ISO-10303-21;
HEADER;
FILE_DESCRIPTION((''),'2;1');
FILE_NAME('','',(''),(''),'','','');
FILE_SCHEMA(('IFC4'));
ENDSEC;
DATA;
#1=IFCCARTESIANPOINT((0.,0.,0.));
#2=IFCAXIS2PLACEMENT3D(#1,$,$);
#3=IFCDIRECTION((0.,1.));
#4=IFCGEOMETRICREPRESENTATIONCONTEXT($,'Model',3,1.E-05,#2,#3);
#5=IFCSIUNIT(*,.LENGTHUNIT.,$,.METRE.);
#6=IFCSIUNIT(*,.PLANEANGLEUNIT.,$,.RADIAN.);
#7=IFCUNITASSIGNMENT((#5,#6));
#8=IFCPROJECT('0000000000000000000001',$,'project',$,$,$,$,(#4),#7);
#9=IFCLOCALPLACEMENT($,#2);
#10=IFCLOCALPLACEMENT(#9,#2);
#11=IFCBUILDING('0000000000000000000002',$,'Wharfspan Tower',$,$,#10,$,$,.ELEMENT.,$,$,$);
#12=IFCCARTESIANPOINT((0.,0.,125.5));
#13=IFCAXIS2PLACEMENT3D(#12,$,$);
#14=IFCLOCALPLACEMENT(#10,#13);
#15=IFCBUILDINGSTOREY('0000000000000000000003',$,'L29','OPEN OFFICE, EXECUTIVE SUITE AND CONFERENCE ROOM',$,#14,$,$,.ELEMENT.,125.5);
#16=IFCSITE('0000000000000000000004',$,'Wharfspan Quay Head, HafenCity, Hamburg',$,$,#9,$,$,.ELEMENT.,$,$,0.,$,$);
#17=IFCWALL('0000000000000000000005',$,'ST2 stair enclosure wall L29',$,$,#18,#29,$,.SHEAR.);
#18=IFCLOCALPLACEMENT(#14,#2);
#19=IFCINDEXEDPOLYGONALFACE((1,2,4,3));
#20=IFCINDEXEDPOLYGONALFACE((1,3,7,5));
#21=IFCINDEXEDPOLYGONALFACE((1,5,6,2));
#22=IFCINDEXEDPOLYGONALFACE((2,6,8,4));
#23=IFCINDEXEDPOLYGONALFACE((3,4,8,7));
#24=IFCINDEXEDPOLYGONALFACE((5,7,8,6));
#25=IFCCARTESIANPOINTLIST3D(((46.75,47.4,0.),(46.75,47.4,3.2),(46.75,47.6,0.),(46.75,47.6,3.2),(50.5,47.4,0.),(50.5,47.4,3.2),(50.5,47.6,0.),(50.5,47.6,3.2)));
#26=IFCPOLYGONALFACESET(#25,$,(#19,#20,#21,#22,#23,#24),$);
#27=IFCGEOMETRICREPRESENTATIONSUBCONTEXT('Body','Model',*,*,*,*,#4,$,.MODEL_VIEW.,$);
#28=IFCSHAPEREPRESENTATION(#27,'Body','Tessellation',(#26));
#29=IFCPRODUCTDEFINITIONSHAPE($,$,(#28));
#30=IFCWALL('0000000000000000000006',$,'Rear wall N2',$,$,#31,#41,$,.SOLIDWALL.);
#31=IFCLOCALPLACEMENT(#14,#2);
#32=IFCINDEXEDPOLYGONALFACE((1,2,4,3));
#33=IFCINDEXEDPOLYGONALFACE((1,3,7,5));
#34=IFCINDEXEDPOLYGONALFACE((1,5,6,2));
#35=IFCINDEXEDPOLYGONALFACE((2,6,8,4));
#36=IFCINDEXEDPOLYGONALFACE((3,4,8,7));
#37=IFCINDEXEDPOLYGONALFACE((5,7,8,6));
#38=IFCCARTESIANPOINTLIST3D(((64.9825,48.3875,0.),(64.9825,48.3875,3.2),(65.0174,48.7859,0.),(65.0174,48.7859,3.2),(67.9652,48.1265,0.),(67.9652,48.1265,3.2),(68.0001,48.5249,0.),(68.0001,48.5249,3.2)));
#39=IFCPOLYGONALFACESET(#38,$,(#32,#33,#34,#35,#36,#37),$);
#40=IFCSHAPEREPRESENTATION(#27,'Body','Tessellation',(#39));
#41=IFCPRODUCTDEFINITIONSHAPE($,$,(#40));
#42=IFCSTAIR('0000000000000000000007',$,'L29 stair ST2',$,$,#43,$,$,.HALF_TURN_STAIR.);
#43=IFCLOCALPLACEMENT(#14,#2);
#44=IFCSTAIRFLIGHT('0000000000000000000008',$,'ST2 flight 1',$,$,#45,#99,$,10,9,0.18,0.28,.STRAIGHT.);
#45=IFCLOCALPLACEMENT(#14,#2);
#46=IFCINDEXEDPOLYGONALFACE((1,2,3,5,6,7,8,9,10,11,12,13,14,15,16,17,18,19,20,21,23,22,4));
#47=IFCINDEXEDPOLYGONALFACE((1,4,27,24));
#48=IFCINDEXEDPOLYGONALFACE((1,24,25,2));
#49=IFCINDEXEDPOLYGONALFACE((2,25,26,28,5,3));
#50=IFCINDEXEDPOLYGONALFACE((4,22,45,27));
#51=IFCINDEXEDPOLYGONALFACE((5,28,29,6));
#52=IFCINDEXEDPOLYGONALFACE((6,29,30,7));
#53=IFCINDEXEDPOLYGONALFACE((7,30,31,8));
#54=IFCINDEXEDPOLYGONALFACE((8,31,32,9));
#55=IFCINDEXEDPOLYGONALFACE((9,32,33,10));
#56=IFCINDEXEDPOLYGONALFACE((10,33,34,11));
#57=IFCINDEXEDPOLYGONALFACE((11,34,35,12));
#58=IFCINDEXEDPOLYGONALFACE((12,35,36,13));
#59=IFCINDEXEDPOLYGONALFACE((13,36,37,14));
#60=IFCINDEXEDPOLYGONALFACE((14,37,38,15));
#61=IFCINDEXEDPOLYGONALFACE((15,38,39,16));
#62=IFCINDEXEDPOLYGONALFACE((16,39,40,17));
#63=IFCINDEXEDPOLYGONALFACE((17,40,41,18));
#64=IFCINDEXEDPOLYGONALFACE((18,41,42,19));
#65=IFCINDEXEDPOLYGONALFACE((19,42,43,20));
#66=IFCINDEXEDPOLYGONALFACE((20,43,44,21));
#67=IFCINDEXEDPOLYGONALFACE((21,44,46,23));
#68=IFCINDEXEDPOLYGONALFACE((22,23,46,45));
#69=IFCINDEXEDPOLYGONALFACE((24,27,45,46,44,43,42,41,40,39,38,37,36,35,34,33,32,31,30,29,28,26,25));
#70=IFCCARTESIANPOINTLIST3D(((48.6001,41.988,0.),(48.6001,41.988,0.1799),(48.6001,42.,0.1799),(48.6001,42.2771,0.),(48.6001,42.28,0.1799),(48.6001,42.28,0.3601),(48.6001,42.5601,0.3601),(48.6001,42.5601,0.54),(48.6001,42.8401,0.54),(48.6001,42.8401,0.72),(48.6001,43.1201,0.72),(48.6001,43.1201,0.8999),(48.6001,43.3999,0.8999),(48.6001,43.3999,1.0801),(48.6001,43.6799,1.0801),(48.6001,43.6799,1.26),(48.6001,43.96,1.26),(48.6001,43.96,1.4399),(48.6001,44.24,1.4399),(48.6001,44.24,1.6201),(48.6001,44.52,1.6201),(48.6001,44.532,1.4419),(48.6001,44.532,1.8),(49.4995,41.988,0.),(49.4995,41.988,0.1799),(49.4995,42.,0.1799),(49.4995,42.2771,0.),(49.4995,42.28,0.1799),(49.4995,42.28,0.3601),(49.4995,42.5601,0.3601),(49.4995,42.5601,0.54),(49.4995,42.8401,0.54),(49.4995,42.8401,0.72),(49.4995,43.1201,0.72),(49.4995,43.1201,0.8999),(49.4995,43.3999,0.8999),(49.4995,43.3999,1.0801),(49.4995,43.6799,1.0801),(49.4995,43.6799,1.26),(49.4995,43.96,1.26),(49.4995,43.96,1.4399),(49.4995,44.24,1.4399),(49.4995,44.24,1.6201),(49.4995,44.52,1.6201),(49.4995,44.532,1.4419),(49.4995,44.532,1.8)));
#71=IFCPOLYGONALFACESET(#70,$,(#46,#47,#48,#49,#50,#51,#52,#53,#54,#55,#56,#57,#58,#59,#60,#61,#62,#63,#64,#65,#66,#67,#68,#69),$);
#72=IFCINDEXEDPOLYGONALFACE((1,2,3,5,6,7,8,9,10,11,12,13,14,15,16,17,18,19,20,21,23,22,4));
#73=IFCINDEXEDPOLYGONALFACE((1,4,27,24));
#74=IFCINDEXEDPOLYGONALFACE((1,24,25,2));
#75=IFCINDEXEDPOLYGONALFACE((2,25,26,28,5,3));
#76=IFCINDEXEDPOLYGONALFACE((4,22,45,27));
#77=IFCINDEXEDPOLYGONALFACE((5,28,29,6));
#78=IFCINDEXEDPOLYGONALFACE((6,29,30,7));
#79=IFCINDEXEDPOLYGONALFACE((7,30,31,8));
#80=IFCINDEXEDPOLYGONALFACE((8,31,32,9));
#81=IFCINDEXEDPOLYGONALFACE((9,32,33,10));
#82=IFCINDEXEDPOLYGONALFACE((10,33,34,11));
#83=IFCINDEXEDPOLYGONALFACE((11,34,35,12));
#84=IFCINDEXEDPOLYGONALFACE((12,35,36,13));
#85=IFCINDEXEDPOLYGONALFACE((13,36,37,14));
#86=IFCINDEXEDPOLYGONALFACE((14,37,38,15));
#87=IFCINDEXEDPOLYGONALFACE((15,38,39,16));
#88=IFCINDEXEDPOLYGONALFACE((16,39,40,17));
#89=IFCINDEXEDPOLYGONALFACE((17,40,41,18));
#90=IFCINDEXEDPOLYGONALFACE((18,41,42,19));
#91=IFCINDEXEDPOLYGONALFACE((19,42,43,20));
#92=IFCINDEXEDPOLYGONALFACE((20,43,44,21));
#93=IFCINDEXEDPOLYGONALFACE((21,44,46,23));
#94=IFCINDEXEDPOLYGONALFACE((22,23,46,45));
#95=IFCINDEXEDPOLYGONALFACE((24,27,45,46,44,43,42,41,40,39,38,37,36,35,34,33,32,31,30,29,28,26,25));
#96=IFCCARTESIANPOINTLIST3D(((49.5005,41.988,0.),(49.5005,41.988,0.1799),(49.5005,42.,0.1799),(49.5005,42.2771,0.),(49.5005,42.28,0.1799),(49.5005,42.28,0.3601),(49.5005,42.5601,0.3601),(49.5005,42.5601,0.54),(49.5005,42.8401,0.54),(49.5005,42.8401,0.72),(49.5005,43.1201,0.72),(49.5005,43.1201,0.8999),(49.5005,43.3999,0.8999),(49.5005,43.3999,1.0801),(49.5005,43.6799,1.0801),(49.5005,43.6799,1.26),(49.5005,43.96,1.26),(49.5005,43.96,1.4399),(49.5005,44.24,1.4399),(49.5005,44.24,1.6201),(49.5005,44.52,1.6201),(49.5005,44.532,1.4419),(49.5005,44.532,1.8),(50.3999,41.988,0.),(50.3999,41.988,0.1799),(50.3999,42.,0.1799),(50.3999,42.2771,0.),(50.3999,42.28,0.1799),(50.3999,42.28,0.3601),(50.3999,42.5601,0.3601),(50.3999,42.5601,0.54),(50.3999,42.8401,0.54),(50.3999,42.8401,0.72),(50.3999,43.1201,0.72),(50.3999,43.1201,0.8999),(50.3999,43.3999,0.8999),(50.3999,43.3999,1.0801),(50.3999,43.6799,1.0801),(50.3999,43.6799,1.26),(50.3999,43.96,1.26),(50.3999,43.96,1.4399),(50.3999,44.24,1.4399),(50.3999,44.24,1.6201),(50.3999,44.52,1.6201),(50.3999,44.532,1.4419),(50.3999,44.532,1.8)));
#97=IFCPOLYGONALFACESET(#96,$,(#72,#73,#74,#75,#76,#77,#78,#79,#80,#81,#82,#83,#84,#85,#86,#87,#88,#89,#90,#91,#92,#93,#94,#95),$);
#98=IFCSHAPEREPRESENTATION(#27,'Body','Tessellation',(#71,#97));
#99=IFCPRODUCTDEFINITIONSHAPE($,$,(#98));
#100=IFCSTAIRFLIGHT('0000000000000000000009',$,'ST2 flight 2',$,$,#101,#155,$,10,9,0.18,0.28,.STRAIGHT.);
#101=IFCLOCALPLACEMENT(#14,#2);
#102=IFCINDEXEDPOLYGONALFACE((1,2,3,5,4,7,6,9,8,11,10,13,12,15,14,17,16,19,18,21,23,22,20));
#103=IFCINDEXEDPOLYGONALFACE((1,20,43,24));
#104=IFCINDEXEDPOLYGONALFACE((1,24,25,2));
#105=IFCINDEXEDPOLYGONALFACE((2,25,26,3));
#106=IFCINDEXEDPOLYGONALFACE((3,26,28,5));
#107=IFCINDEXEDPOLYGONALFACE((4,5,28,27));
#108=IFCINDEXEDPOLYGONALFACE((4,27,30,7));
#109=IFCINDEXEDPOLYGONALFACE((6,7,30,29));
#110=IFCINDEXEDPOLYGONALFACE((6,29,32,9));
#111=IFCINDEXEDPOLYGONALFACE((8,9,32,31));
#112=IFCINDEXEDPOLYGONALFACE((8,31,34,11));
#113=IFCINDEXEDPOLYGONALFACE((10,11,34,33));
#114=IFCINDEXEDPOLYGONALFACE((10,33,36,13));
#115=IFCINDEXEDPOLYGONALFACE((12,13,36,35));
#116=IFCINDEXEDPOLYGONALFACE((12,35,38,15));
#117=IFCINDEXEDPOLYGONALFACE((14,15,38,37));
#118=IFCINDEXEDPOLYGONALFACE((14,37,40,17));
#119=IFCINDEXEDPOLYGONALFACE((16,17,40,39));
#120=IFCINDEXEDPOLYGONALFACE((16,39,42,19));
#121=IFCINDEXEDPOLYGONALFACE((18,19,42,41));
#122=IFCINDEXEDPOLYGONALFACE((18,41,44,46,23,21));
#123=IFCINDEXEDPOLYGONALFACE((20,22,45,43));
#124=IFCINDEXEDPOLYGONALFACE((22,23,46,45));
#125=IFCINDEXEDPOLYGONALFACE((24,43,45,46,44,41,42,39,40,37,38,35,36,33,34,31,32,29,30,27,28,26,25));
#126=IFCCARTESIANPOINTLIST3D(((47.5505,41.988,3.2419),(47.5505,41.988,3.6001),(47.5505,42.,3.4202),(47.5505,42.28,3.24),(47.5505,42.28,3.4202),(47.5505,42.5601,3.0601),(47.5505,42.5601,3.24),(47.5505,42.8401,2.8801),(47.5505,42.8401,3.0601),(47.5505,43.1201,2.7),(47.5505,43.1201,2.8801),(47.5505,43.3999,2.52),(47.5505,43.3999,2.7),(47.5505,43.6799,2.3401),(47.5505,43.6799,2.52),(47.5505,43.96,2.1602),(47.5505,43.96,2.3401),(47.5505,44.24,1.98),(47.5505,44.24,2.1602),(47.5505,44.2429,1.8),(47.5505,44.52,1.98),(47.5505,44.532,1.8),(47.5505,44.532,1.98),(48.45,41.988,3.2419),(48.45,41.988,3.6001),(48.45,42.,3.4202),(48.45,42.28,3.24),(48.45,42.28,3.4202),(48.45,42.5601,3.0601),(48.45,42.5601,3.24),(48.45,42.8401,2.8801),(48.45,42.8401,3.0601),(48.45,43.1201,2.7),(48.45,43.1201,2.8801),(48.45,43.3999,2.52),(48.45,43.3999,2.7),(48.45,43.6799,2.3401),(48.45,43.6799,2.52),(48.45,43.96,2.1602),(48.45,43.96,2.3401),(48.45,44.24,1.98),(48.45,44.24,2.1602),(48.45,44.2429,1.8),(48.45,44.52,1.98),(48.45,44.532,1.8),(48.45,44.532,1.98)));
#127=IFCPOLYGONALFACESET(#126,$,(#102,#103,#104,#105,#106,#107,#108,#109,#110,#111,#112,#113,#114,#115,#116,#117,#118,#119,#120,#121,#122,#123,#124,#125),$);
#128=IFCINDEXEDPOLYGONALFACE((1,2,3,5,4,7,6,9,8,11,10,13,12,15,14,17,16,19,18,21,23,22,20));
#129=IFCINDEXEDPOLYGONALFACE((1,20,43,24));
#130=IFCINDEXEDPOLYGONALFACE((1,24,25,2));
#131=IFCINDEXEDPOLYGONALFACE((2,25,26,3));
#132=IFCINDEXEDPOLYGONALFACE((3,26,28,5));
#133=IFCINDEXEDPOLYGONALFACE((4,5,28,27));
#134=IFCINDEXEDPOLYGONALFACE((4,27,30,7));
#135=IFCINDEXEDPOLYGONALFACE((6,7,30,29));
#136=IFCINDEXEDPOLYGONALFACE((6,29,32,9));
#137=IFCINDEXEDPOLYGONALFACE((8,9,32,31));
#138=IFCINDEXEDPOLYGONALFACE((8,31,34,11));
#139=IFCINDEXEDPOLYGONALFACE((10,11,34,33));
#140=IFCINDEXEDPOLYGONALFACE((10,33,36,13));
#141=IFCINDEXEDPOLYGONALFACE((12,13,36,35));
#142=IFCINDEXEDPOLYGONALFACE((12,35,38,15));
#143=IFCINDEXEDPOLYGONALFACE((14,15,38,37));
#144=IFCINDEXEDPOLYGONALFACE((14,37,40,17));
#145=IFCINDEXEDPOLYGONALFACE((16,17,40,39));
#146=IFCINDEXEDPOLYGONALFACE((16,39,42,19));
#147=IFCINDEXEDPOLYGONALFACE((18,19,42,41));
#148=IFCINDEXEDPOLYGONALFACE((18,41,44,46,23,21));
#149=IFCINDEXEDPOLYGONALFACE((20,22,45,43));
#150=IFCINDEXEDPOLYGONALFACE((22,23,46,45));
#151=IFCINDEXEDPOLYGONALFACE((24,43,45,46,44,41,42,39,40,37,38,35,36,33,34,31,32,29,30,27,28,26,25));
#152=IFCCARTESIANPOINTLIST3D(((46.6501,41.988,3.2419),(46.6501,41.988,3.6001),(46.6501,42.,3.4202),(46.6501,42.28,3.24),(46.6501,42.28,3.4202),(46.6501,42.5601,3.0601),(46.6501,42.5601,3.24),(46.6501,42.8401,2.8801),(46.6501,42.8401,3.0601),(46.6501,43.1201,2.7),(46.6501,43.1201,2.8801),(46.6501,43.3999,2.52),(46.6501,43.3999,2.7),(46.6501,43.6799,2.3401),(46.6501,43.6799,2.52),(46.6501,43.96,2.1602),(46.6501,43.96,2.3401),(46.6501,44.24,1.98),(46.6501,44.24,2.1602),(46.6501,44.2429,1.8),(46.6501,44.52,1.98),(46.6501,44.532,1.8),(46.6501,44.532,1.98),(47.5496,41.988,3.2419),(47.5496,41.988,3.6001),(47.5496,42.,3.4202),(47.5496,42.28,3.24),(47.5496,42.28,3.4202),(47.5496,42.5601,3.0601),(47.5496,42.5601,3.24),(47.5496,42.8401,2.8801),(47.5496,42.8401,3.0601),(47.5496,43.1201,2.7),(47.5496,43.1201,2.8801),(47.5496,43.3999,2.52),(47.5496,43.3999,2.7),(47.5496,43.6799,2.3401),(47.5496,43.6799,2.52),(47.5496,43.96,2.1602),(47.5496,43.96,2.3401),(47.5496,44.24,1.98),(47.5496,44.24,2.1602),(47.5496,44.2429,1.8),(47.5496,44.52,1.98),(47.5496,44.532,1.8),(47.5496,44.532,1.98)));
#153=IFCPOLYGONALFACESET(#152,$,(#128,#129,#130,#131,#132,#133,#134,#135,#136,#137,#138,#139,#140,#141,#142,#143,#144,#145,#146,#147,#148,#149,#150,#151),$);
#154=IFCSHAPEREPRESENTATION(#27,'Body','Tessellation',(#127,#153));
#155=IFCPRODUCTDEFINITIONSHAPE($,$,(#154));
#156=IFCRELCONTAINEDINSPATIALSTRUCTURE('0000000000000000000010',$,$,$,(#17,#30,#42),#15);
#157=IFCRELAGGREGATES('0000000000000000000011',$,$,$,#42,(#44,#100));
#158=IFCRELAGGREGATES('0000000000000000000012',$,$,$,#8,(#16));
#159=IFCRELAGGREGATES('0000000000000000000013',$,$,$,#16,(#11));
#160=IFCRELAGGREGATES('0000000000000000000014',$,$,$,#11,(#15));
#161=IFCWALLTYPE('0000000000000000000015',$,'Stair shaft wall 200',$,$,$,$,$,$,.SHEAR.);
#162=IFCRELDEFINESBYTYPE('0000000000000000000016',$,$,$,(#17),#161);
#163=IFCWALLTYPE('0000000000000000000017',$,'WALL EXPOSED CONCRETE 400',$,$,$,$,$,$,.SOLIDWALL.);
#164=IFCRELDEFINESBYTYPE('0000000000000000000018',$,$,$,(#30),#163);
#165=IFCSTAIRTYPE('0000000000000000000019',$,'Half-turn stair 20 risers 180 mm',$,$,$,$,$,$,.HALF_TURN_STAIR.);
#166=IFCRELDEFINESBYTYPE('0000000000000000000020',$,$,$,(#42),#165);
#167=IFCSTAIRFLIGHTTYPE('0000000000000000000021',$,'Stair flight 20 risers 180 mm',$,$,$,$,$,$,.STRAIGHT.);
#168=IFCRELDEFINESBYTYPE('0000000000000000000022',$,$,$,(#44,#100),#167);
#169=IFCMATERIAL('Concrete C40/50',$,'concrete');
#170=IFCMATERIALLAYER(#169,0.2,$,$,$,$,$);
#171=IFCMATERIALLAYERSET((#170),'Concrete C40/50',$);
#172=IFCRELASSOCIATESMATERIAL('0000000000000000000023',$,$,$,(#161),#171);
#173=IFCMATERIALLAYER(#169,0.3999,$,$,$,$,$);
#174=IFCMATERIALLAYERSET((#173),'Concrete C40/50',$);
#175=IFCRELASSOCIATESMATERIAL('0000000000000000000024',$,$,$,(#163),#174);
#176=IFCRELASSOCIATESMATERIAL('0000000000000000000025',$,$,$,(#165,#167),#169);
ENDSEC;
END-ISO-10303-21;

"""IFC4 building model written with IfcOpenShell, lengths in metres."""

from ifc_helpers import new_model, si_unit, direction, frame, frame_2d, origin, place, context, subcontext, project, spatial, polyline, rectangle, outline, extrude, material, layer, layer_set, type_object, element, aggregate, save


model = new_model("IFC4")

# Units and contexts
model_context = context("Model", 3, precision=1e-05, world=origin(), true_north=direction((0.0, 1.0)))
body_context = subcontext(model_context, "Body", "Model", "MODEL_VIEW")
ifc_project = project(units=[si_unit("LENGTHUNIT", "METRE"), si_unit("PLANEANGLEUNIT", "RADIAN")], contexts=[model_context])

# Site, building, storey
site_placement = place(None, origin())
site = spatial("IfcSite", under=ifc_project, at=site_placement, Name="Wharfspan Quay Head, HafenCity, Hamburg", CompositionType="ELEMENT", RefElevation=0.0)
building_placement = place(site_placement, origin())
building = spatial("IfcBuilding", under=site, at=building_placement, Name="Wharfspan Tower", CompositionType="ELEMENT")
storey_placement = place(building_placement, frame((0.0, 0.0, 125.5)))
storey = spatial("IfcBuildingStorey", under=building, at=storey_placement, Name="L29", Description="OPEN OFFICE, EXECUTIVE SUITE AND CONFERENCE ROOM", CompositionType="ELEMENT", Elevation=125.5)

# Walls
ifc_material_1 = material(Name="Concrete C40/50", Category="concrete")
ifc_layer_1 = layer(ifc_material_1, 0.2)
ifc_layer_set_1 = layer_set([ifc_layer_1], Name="Concrete C40/50")
wall_type_1 = type_object("IfcWallType", Name="Stair shaft wall 200", PredefinedType="SHEAR", material=ifc_layer_set_1)
wall_1_placement = place(storey_placement, frame((46.75, 47.5, 0.0), z_axis=(0.0, 0.0, 1.0), x_axis=(1.0, 0.0, 0.0)))
element("IfcWall", 1, at=wall_1_placement, inside=storey, type_object=wall_type_1, Name="ST2 stair enclosure wall L29", PredefinedType="SHEAR", context=body_context, shape_type="SweptSolid", body=[
    extrude(rectangle(XDim=3.75, YDim=0.2, at=frame_2d((1.875, 0.0))), origin(), (0.0, 0.0, 1.0), 3.2),
])
ifc_layer_2 = layer(ifc_material_1, 0.3999)
ifc_layer_set_2 = layer_set([ifc_layer_2], Name="Concrete C40/50")
wall_type_2 = type_object("IfcWallType", Name="WALL EXPOSED CONCRETE 400", PredefinedType="SOLIDWALL", material=ifc_layer_set_2)
wall_2_placement = place(storey_placement, frame((67.9827, 48.3257, 0.0), z_axis=(0.0, 0.0, 1.0), x_axis=(-0.996194, 0.087168, 0.0)))
element("IfcWall", 2, at=wall_2_placement, inside=storey, type_object=wall_type_2, Name="Rear wall N2", PredefinedType="SOLIDWALL", context=body_context, shape_type="SweptSolid", body=[
    extrude(rectangle(XDim=2.9941, YDim=0.3999, at=frame_2d((1.4971, 0.0))), origin(), (0.0, 0.0, 1.0), 3.2),
])

# Stair, stair flights
stair_type = type_object("IfcStairType", Name="Half-turn stair 20 risers 180 mm", PredefinedType="HALF_TURN_STAIR", material=ifc_material_1)
stair_placement = place(storey_placement, origin())
stair = element("IfcStair", 3, at=stair_placement, inside=storey, type_object=stair_type, Name="L29 stair ST2", PredefinedType="HALF_TURN_STAIR")
stair_flight_type = type_object("IfcStairFlightType", Name="Stair flight 20 risers 180 mm", PredefinedType="STRAIGHT", material=ifc_material_1)
stair_flight_1_placement = place(storey_placement, frame((49.5, 42.0, 0.0), z_axis=(0.0, 0.0, 1.0), x_axis=(0.0, 1.0, 0.0)))
stair_flight_1 = element("IfcStairFlight", 4, at=stair_flight_1_placement, type_object=stair_flight_type, Name="ST2 flight 1", NumberOfRisers=10, NumberOfTreads=9, PredefinedType="STRAIGHT", RiserHeight=0.18, TreadLength=0.28, context=body_context, shape_type="SweptSolid", body=[
    extrude(outline(polyline([(-0.012, 0.0), (-0.012, 0.1799), (0.0, 0.1799), (0.28, 0.1799), (0.28, 0.3601), (0.5601, 0.3601), (0.5601, 0.54), (0.8401, 0.54), (0.8401, 0.72), (1.1201, 0.72), (1.1201, 0.8999), (1.3999, 0.8999), (1.3999, 1.0801), (1.6799, 1.0801), (1.6799, 1.26), (1.96, 1.26), (1.96, 1.4399), (2.24, 1.4399), (2.24, 1.6201), (2.52, 1.6201), (2.532, 1.8), (2.532, 1.4419), (0.2771, 0.0), (-0.012, 0.0)])), frame((0.0, 0.8999, 0.0), z_axis=(0.0, -1.0, 0.0), x_axis=(1.0, 0.0, 0.0)), (0.0, 0.0, 1.0), 0.8994),
    extrude(outline(polyline([(-0.012, 0.0), (-0.012, 0.1799), (0.0, 0.1799), (0.28, 0.1799), (0.28, 0.3601), (0.5601, 0.3601), (0.5601, 0.54), (0.8401, 0.54), (0.8401, 0.72), (1.1201, 0.72), (1.1201, 0.8999), (1.3999, 0.8999), (1.3999, 1.0801), (1.6799, 1.0801), (1.6799, 1.26), (1.96, 1.26), (1.96, 1.4399), (2.24, 1.4399), (2.24, 1.6201), (2.52, 1.6201), (2.532, 1.8), (2.532, 1.4419), (0.2771, 0.0), (-0.012, 0.0)])), frame((0.0, -0.0005, 0.0), z_axis=(0.0, -1.0, 0.0), x_axis=(1.0, 0.0, 0.0)), (0.0, 0.0, 1.0), 0.8994),
])
stair_flight_2_placement = place(storey_placement, frame((47.55, 44.52, 1.8), z_axis=(0.0, 0.0, 1.0), x_axis=(0.0, -1.0, 0.0)))
stair_flight_2 = element("IfcStairFlight", 5, at=stair_flight_2_placement, type_object=stair_flight_type, Name="ST2 flight 2", NumberOfRisers=10, NumberOfTreads=9, PredefinedType="STRAIGHT", RiserHeight=0.18, TreadLength=0.28, context=body_context, shape_type="SweptSolid", body=[
    extrude(outline(polyline([(-0.012, 0.0), (-0.012, 0.1799), (0.0, 0.1799), (0.28, 0.1799), (0.28, 0.3601), (0.5601, 0.3601), (0.5601, 0.54), (0.8401, 0.54), (0.8401, 0.72), (1.1201, 0.72), (1.1201, 0.8999), (1.3999, 0.8999), (1.3999, 1.0801), (1.6799, 1.0801), (1.6799, 1.26), (1.96, 1.26), (1.96, 1.4399), (2.24, 1.4399), (2.24, 1.6201), (2.52, 1.6201), (2.532, 1.8), (2.532, 1.4419), (0.2771, 0.0), (-0.012, 0.0)])), frame((0.0, 0.8999, 0.0), z_axis=(0.0, -1.0, 0.0), x_axis=(1.0, 0.0, 0.0)), (0.0, 0.0, 1.0), 0.8994),
    extrude(outline(polyline([(-0.012, 0.0), (-0.012, 0.1799), (0.0, 0.1799), (0.28, 0.1799), (0.28, 0.3601), (0.5601, 0.3601), (0.5601, 0.54), (0.8401, 0.54), (0.8401, 0.72), (1.1201, 0.72), (1.1201, 0.8999), (1.3999, 0.8999), (1.3999, 1.0801), (1.6799, 1.0801), (1.6799, 1.26), (1.96, 1.26), (1.96, 1.4399), (2.24, 1.4399), (2.24, 1.6201), (2.52, 1.6201), (2.532, 1.8), (2.532, 1.4419), (0.2771, 0.0), (-0.012, 0.0)])), frame((0.0, -0.0005, 0.0), z_axis=(0.0, -1.0, 0.0), x_axis=(1.0, 0.0, 0.0)), (0.0, 0.0, 1.0), 0.8994),
])
aggregate(stair, [stair_flight_1, stair_flight_2])

save(model, "model.ifc")
